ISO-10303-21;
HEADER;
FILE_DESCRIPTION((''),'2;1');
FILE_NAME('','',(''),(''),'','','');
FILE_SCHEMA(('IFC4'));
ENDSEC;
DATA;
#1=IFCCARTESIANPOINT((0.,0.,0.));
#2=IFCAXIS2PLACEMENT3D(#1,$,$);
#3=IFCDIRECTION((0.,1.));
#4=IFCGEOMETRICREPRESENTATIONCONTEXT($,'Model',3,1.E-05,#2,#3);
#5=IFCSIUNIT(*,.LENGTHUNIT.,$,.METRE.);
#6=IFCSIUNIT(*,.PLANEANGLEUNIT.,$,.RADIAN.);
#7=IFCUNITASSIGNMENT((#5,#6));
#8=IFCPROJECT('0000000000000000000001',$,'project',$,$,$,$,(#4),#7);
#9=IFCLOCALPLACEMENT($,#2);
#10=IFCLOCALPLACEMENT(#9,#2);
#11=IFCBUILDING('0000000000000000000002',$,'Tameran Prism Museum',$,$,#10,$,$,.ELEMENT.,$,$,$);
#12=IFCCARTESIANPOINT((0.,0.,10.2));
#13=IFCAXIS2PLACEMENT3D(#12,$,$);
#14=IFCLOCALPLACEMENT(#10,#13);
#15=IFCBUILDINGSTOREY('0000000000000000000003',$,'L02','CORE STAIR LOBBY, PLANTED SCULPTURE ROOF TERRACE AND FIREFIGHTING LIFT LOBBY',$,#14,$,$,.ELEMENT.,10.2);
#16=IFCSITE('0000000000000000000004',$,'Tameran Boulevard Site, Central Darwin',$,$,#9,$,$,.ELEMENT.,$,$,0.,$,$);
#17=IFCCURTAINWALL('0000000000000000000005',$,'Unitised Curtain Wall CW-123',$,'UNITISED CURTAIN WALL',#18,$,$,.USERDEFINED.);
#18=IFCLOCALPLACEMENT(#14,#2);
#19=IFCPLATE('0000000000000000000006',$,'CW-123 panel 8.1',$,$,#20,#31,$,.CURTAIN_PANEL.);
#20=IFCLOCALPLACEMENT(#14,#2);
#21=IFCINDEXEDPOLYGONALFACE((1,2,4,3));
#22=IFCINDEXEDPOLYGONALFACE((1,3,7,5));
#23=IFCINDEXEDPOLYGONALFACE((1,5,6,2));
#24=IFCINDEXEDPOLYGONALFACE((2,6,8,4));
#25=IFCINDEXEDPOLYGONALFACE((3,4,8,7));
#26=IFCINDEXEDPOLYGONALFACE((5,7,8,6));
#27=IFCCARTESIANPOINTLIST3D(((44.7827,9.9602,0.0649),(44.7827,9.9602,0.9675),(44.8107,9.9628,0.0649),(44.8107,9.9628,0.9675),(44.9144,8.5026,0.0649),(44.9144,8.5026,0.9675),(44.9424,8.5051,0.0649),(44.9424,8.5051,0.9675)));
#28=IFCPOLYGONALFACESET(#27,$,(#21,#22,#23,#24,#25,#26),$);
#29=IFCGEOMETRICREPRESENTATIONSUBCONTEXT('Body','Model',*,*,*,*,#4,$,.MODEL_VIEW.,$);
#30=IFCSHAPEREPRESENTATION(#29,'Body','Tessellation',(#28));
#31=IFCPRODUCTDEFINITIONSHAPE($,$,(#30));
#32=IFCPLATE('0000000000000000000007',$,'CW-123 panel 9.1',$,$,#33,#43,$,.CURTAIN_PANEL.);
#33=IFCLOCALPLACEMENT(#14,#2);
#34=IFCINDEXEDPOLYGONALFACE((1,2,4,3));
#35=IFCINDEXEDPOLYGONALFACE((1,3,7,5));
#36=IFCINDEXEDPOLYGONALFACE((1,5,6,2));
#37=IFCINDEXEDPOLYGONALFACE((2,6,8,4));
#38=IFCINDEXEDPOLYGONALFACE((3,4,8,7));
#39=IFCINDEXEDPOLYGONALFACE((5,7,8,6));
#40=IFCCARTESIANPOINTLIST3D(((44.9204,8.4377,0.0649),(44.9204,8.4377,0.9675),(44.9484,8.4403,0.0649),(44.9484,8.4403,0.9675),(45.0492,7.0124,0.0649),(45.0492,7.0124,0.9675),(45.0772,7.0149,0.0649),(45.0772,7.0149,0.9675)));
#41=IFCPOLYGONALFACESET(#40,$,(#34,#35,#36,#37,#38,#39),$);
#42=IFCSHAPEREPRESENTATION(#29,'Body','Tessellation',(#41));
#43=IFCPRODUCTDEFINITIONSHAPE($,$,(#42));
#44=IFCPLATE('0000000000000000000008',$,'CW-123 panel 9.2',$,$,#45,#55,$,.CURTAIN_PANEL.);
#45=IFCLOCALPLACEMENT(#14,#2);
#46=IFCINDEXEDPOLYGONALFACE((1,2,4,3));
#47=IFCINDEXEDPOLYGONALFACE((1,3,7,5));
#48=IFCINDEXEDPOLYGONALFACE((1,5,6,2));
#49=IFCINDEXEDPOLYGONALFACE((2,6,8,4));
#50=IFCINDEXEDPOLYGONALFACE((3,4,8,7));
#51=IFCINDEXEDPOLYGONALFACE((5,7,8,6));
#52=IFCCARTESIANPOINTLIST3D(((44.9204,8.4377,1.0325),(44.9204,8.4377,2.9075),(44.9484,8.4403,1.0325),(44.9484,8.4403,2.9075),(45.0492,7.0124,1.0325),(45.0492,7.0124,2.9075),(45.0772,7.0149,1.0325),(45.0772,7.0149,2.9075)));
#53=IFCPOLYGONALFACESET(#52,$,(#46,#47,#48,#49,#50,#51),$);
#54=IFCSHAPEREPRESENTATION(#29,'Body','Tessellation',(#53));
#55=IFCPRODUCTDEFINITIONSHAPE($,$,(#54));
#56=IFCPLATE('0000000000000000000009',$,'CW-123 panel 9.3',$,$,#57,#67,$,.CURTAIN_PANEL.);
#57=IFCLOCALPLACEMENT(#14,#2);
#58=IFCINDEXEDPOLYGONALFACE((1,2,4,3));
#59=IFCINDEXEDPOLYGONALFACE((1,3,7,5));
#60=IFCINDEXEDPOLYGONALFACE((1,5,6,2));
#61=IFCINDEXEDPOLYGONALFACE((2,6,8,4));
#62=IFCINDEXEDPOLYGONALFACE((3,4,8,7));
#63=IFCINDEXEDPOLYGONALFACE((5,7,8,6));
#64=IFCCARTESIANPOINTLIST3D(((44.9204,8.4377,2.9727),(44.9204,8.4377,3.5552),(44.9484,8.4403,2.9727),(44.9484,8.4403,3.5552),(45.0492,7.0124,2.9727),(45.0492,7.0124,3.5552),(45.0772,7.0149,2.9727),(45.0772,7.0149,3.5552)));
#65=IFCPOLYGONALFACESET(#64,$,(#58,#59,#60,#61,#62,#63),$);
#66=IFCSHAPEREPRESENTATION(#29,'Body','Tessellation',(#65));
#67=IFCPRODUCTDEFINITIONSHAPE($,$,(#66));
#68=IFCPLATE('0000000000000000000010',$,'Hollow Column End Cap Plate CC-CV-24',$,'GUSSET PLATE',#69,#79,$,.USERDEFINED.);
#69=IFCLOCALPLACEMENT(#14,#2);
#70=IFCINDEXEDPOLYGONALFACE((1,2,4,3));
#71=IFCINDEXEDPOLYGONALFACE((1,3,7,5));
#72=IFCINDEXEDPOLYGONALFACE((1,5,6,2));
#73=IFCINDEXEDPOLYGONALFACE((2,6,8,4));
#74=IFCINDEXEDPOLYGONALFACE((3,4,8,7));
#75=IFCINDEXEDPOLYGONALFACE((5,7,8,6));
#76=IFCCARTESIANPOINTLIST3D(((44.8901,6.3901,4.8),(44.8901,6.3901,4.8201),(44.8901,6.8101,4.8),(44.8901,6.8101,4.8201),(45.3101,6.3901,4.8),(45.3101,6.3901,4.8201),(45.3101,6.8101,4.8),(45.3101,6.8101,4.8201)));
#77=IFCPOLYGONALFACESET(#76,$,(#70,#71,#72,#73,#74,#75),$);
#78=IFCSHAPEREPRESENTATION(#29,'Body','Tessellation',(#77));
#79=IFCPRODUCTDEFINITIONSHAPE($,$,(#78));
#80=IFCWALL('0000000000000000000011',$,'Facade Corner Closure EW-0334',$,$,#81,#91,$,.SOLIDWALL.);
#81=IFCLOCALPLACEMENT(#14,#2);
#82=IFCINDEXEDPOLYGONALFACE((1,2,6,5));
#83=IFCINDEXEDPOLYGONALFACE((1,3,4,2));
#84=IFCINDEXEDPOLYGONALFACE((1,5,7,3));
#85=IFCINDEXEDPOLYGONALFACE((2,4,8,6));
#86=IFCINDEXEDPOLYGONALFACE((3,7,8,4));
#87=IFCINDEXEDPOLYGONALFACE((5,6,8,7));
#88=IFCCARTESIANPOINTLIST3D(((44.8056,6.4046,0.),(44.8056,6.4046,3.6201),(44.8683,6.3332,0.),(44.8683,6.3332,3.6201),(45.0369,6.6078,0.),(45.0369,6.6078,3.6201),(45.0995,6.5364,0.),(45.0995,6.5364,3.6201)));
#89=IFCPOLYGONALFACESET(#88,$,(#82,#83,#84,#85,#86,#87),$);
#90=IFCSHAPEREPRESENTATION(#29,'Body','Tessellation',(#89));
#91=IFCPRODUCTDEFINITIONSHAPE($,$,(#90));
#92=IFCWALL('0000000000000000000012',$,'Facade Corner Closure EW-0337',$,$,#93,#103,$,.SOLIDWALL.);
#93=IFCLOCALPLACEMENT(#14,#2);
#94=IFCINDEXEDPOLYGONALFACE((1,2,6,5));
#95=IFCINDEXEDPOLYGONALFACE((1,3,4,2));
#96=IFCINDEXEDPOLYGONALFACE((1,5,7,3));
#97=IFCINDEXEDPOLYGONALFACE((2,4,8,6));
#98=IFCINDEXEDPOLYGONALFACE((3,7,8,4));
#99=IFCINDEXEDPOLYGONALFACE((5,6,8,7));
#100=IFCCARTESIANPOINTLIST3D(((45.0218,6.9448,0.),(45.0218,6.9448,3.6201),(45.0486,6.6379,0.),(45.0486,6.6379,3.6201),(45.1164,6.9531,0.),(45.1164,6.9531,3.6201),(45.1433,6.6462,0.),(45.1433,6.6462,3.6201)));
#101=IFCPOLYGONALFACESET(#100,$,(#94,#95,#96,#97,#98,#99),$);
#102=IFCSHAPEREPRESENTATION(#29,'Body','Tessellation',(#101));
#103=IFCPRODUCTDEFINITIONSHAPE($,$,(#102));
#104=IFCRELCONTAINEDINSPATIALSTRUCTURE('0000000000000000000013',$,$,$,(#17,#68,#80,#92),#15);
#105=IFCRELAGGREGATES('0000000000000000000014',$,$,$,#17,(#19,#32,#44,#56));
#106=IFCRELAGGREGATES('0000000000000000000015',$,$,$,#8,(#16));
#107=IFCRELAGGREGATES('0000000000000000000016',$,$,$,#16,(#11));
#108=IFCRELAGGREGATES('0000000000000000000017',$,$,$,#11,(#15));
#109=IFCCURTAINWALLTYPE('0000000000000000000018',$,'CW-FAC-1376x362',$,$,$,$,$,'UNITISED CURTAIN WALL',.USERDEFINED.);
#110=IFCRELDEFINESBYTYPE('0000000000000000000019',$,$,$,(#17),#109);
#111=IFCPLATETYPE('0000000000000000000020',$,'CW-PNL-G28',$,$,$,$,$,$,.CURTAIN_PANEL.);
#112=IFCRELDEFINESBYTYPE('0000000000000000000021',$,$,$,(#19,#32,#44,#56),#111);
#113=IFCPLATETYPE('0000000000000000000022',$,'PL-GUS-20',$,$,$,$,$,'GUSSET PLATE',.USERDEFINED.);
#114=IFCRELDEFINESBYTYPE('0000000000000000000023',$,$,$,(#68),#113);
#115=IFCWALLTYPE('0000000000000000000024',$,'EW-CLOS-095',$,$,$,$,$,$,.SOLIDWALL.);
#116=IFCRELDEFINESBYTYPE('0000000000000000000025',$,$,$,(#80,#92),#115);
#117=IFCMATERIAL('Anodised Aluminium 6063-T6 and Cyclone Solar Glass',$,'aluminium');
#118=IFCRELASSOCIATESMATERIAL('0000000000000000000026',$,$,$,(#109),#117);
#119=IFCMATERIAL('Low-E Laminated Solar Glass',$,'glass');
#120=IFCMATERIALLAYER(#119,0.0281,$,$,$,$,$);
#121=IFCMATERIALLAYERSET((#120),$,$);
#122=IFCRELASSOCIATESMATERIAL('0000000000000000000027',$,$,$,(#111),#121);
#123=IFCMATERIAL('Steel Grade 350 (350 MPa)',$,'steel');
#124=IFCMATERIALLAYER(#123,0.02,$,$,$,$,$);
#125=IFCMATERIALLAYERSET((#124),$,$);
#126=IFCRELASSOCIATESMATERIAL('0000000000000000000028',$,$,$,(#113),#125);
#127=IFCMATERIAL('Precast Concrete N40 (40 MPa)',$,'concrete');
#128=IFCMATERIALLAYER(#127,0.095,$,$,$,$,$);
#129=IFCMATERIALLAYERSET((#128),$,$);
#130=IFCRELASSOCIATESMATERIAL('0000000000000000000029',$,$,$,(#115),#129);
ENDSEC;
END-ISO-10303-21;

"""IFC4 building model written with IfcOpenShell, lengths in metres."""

from ifc_helpers import new_model, si_unit, direction, frame, frame_2d, origin, origin_2d, place, context, subcontext, project, spatial, rectangle, extrude, material, layer, layer_set, type_object, element, aggregate, save


model = new_model("IFC4")

# Units and contexts
model_context = context("Model", 3, precision=1e-05, world=origin(), true_north=direction((0.0, 1.0)))
body_context = subcontext(model_context, "Body", "Model", "MODEL_VIEW")
ifc_project = project(units=[si_unit("LENGTHUNIT", "METRE"), si_unit("PLANEANGLEUNIT", "RADIAN")], contexts=[model_context])

# Site, building, storey
site_placement = place(None, origin())
site = spatial("IfcSite", under=ifc_project, at=site_placement, Name="Tameran Boulevard Site, Central Darwin", CompositionType="ELEMENT", RefElevation=0.0)
building_placement = place(site_placement, origin())
building = spatial("IfcBuilding", under=site, at=building_placement, Name="Tameran Prism Museum", CompositionType="ELEMENT")
storey_placement = place(building_placement, frame((0.0, 0.0, 10.2)))
storey = spatial("IfcBuildingStorey", under=building, at=storey_placement, Name="L02", Description="CORE STAIR LOBBY, PLANTED SCULPTURE ROOF TERRACE AND FIREFIGHTING LIFT LOBBY", CompositionType="ELEMENT", Elevation=10.2)

# Curtain wall
ifc_material_1 = material(Name="Anodised Aluminium 6063-T6 and Cyclone Solar Glass", Category="aluminium")
curtain_wall_type_1 = type_object("IfcCurtainWallType", Name="CW-FAC-1376x362", ElementType="UNITISED CURTAIN WALL", PredefinedType="USERDEFINED", material=ifc_material_1)
curtain_wall_1_placement = place(storey_placement, origin())
curtain_wall_1 = element("IfcCurtainWall", 1, at=curtain_wall_1_placement, inside=storey, type_object=curtain_wall_type_1, Name="Unitised Curtain Wall CW-123", ObjectType="UNITISED CURTAIN WALL", PredefinedType="USERDEFINED")

# Plates
ifc_material_2 = material(Name="Low-E Laminated Solar Glass", Category="glass")
ifc_layer_1 = layer(ifc_material_2, 0.0281)
ifc_layer_set_1 = layer_set([ifc_layer_1])
plate_type_1 = type_object("IfcPlateType", Name="CW-PNL-G28", PredefinedType="CURTAIN_PANEL", material=ifc_layer_set_1)
plate_1_placement = place(storey_placement, frame((44.8625, 9.2327, 0.0649), z_axis=(0.0, 0.0, 1.0), x_axis=(0.089985, -0.995943, 0.0)))
plate_1 = element("IfcPlate", 2, at=plate_1_placement, type_object=plate_type_1, Name="CW-123 panel 8.1", PredefinedType="CURTAIN_PANEL", context=body_context, shape_type="SweptSolid", body=[
    extrude(rectangle(XDim=1.4636, YDim=0.0281, at=origin_2d()), origin(), (0.0, 0.0, 1.0), 0.9026),
])
plate_2_placement = place(storey_placement, frame((44.9988, 7.7263, 0.0649), z_axis=(0.0, 0.0, 1.0), x_axis=(0.089985, -0.995943, 0.0)))
plate_2 = element("IfcPlate", 3, at=plate_2_placement, type_object=plate_type_1, Name="CW-123 panel 9.1", PredefinedType="CURTAIN_PANEL", context=body_context, shape_type="SweptSolid", body=[
    extrude(rectangle(XDim=1.4312, YDim=0.0281, at=origin_2d()), origin(), (0.0, 0.0, 1.0), 0.9026),
])
plate_3_placement = place(storey_placement, frame((44.9988, 7.7263, 1.0325), z_axis=(0.0, 0.0, 1.0), x_axis=(0.089985, -0.995943, 0.0)))
plate_3 = element("IfcPlate", 4, at=plate_3_placement, type_object=plate_type_1, Name="CW-123 panel 9.2", PredefinedType="CURTAIN_PANEL", context=body_context, shape_type="SweptSolid", body=[
    extrude(rectangle(XDim=1.4312, YDim=0.0281, at=origin_2d()), origin(), (0.0, 0.0, 1.0), 1.875),
])
plate_4_placement = place(storey_placement, frame((44.9988, 7.7263, 2.9727), z_axis=(0.0, 0.0, 1.0), x_axis=(0.089985, -0.995943, 0.0)))
plate_4 = element("IfcPlate", 5, at=plate_4_placement, type_object=plate_type_1, Name="CW-123 panel 9.3", PredefinedType="CURTAIN_PANEL", context=body_context, shape_type="SweptSolid", body=[
    extrude(rectangle(XDim=1.4312, YDim=0.0281, at=origin_2d()), origin(), (0.0, 0.0, 1.0), 0.5825),
])
aggregate(curtain_wall_1, [plate_1, plate_2, plate_3, plate_4])
ifc_material_3 = material(Name="Steel Grade 350 (350 MPa)", Category="steel")
ifc_layer_2 = layer(ifc_material_3, 0.02)
ifc_layer_set_2 = layer_set([ifc_layer_2])
plate_type_2 = type_object("IfcPlateType", Name="PL-GUS-20", ElementType="GUSSET PLATE", PredefinedType="USERDEFINED", material=ifc_layer_set_2)
plate_5_placement = place(storey_placement, frame((45.1001, 6.6001, 4.8), z_axis=(0.0, 0.0, 1.0), x_axis=(1.0, 0.0, 0.0)))
element("IfcPlate", 6, at=plate_5_placement, inside=storey, type_object=plate_type_2, Name="Hollow Column End Cap Plate CC-CV-24", ObjectType="GUSSET PLATE", PredefinedType="USERDEFINED", context=body_context, shape_type="SweptSolid", body=[
    extrude(rectangle(XDim=0.4199, YDim=0.4199, at=origin_2d()), origin(), (0.0, 0.0, 1.0), 0.02),
])

# Walls
ifc_material_4 = material(Name="Precast Concrete N40 (40 MPa)", Category="concrete")
ifc_layer_3 = layer(ifc_material_4, 0.095)
ifc_layer_set_3 = layer_set([ifc_layer_3])
wall_type = type_object("IfcWallType", Name="EW-CLOS-095", PredefinedType="SOLIDWALL", material=ifc_layer_set_3)
wall_1_placement = place(storey_placement, frame((45.0681, 6.572, 0.0), z_axis=(0.0, 0.0, 1.0), x_axis=(-0.751248, -0.66002, 0.0)))
element("IfcWall", 7, at=wall_1_placement, inside=storey, type_object=wall_type, Name="Facade Corner Closure EW-0334", PredefinedType="SOLIDWALL", context=body_context, shape_type="SweptSolid", body=[
    extrude(rectangle(XDim=0.3079, YDim=0.095, at=frame_2d((0.1538, 0.0))), origin(), (0.0, 0.0, 1.0), 3.6201),
])
wall_2_placement = place(storey_placement, frame((45.0691, 6.949, 0.0), z_axis=(0.0, 0.0, 1.0), x_axis=(0.087177, -0.996193, 0.0)))
element("IfcWall", 8, at=wall_2_placement, inside=storey, type_object=wall_type, Name="Facade Corner Closure EW-0337", PredefinedType="SOLIDWALL", context=body_context, shape_type="SweptSolid", body=[
    extrude(rectangle(XDim=0.3081, YDim=0.095, at=frame_2d((0.1541, 0.0))), origin(), (0.0, 0.0, 1.0), 3.6201),
])

save(model, "model.ifc")
